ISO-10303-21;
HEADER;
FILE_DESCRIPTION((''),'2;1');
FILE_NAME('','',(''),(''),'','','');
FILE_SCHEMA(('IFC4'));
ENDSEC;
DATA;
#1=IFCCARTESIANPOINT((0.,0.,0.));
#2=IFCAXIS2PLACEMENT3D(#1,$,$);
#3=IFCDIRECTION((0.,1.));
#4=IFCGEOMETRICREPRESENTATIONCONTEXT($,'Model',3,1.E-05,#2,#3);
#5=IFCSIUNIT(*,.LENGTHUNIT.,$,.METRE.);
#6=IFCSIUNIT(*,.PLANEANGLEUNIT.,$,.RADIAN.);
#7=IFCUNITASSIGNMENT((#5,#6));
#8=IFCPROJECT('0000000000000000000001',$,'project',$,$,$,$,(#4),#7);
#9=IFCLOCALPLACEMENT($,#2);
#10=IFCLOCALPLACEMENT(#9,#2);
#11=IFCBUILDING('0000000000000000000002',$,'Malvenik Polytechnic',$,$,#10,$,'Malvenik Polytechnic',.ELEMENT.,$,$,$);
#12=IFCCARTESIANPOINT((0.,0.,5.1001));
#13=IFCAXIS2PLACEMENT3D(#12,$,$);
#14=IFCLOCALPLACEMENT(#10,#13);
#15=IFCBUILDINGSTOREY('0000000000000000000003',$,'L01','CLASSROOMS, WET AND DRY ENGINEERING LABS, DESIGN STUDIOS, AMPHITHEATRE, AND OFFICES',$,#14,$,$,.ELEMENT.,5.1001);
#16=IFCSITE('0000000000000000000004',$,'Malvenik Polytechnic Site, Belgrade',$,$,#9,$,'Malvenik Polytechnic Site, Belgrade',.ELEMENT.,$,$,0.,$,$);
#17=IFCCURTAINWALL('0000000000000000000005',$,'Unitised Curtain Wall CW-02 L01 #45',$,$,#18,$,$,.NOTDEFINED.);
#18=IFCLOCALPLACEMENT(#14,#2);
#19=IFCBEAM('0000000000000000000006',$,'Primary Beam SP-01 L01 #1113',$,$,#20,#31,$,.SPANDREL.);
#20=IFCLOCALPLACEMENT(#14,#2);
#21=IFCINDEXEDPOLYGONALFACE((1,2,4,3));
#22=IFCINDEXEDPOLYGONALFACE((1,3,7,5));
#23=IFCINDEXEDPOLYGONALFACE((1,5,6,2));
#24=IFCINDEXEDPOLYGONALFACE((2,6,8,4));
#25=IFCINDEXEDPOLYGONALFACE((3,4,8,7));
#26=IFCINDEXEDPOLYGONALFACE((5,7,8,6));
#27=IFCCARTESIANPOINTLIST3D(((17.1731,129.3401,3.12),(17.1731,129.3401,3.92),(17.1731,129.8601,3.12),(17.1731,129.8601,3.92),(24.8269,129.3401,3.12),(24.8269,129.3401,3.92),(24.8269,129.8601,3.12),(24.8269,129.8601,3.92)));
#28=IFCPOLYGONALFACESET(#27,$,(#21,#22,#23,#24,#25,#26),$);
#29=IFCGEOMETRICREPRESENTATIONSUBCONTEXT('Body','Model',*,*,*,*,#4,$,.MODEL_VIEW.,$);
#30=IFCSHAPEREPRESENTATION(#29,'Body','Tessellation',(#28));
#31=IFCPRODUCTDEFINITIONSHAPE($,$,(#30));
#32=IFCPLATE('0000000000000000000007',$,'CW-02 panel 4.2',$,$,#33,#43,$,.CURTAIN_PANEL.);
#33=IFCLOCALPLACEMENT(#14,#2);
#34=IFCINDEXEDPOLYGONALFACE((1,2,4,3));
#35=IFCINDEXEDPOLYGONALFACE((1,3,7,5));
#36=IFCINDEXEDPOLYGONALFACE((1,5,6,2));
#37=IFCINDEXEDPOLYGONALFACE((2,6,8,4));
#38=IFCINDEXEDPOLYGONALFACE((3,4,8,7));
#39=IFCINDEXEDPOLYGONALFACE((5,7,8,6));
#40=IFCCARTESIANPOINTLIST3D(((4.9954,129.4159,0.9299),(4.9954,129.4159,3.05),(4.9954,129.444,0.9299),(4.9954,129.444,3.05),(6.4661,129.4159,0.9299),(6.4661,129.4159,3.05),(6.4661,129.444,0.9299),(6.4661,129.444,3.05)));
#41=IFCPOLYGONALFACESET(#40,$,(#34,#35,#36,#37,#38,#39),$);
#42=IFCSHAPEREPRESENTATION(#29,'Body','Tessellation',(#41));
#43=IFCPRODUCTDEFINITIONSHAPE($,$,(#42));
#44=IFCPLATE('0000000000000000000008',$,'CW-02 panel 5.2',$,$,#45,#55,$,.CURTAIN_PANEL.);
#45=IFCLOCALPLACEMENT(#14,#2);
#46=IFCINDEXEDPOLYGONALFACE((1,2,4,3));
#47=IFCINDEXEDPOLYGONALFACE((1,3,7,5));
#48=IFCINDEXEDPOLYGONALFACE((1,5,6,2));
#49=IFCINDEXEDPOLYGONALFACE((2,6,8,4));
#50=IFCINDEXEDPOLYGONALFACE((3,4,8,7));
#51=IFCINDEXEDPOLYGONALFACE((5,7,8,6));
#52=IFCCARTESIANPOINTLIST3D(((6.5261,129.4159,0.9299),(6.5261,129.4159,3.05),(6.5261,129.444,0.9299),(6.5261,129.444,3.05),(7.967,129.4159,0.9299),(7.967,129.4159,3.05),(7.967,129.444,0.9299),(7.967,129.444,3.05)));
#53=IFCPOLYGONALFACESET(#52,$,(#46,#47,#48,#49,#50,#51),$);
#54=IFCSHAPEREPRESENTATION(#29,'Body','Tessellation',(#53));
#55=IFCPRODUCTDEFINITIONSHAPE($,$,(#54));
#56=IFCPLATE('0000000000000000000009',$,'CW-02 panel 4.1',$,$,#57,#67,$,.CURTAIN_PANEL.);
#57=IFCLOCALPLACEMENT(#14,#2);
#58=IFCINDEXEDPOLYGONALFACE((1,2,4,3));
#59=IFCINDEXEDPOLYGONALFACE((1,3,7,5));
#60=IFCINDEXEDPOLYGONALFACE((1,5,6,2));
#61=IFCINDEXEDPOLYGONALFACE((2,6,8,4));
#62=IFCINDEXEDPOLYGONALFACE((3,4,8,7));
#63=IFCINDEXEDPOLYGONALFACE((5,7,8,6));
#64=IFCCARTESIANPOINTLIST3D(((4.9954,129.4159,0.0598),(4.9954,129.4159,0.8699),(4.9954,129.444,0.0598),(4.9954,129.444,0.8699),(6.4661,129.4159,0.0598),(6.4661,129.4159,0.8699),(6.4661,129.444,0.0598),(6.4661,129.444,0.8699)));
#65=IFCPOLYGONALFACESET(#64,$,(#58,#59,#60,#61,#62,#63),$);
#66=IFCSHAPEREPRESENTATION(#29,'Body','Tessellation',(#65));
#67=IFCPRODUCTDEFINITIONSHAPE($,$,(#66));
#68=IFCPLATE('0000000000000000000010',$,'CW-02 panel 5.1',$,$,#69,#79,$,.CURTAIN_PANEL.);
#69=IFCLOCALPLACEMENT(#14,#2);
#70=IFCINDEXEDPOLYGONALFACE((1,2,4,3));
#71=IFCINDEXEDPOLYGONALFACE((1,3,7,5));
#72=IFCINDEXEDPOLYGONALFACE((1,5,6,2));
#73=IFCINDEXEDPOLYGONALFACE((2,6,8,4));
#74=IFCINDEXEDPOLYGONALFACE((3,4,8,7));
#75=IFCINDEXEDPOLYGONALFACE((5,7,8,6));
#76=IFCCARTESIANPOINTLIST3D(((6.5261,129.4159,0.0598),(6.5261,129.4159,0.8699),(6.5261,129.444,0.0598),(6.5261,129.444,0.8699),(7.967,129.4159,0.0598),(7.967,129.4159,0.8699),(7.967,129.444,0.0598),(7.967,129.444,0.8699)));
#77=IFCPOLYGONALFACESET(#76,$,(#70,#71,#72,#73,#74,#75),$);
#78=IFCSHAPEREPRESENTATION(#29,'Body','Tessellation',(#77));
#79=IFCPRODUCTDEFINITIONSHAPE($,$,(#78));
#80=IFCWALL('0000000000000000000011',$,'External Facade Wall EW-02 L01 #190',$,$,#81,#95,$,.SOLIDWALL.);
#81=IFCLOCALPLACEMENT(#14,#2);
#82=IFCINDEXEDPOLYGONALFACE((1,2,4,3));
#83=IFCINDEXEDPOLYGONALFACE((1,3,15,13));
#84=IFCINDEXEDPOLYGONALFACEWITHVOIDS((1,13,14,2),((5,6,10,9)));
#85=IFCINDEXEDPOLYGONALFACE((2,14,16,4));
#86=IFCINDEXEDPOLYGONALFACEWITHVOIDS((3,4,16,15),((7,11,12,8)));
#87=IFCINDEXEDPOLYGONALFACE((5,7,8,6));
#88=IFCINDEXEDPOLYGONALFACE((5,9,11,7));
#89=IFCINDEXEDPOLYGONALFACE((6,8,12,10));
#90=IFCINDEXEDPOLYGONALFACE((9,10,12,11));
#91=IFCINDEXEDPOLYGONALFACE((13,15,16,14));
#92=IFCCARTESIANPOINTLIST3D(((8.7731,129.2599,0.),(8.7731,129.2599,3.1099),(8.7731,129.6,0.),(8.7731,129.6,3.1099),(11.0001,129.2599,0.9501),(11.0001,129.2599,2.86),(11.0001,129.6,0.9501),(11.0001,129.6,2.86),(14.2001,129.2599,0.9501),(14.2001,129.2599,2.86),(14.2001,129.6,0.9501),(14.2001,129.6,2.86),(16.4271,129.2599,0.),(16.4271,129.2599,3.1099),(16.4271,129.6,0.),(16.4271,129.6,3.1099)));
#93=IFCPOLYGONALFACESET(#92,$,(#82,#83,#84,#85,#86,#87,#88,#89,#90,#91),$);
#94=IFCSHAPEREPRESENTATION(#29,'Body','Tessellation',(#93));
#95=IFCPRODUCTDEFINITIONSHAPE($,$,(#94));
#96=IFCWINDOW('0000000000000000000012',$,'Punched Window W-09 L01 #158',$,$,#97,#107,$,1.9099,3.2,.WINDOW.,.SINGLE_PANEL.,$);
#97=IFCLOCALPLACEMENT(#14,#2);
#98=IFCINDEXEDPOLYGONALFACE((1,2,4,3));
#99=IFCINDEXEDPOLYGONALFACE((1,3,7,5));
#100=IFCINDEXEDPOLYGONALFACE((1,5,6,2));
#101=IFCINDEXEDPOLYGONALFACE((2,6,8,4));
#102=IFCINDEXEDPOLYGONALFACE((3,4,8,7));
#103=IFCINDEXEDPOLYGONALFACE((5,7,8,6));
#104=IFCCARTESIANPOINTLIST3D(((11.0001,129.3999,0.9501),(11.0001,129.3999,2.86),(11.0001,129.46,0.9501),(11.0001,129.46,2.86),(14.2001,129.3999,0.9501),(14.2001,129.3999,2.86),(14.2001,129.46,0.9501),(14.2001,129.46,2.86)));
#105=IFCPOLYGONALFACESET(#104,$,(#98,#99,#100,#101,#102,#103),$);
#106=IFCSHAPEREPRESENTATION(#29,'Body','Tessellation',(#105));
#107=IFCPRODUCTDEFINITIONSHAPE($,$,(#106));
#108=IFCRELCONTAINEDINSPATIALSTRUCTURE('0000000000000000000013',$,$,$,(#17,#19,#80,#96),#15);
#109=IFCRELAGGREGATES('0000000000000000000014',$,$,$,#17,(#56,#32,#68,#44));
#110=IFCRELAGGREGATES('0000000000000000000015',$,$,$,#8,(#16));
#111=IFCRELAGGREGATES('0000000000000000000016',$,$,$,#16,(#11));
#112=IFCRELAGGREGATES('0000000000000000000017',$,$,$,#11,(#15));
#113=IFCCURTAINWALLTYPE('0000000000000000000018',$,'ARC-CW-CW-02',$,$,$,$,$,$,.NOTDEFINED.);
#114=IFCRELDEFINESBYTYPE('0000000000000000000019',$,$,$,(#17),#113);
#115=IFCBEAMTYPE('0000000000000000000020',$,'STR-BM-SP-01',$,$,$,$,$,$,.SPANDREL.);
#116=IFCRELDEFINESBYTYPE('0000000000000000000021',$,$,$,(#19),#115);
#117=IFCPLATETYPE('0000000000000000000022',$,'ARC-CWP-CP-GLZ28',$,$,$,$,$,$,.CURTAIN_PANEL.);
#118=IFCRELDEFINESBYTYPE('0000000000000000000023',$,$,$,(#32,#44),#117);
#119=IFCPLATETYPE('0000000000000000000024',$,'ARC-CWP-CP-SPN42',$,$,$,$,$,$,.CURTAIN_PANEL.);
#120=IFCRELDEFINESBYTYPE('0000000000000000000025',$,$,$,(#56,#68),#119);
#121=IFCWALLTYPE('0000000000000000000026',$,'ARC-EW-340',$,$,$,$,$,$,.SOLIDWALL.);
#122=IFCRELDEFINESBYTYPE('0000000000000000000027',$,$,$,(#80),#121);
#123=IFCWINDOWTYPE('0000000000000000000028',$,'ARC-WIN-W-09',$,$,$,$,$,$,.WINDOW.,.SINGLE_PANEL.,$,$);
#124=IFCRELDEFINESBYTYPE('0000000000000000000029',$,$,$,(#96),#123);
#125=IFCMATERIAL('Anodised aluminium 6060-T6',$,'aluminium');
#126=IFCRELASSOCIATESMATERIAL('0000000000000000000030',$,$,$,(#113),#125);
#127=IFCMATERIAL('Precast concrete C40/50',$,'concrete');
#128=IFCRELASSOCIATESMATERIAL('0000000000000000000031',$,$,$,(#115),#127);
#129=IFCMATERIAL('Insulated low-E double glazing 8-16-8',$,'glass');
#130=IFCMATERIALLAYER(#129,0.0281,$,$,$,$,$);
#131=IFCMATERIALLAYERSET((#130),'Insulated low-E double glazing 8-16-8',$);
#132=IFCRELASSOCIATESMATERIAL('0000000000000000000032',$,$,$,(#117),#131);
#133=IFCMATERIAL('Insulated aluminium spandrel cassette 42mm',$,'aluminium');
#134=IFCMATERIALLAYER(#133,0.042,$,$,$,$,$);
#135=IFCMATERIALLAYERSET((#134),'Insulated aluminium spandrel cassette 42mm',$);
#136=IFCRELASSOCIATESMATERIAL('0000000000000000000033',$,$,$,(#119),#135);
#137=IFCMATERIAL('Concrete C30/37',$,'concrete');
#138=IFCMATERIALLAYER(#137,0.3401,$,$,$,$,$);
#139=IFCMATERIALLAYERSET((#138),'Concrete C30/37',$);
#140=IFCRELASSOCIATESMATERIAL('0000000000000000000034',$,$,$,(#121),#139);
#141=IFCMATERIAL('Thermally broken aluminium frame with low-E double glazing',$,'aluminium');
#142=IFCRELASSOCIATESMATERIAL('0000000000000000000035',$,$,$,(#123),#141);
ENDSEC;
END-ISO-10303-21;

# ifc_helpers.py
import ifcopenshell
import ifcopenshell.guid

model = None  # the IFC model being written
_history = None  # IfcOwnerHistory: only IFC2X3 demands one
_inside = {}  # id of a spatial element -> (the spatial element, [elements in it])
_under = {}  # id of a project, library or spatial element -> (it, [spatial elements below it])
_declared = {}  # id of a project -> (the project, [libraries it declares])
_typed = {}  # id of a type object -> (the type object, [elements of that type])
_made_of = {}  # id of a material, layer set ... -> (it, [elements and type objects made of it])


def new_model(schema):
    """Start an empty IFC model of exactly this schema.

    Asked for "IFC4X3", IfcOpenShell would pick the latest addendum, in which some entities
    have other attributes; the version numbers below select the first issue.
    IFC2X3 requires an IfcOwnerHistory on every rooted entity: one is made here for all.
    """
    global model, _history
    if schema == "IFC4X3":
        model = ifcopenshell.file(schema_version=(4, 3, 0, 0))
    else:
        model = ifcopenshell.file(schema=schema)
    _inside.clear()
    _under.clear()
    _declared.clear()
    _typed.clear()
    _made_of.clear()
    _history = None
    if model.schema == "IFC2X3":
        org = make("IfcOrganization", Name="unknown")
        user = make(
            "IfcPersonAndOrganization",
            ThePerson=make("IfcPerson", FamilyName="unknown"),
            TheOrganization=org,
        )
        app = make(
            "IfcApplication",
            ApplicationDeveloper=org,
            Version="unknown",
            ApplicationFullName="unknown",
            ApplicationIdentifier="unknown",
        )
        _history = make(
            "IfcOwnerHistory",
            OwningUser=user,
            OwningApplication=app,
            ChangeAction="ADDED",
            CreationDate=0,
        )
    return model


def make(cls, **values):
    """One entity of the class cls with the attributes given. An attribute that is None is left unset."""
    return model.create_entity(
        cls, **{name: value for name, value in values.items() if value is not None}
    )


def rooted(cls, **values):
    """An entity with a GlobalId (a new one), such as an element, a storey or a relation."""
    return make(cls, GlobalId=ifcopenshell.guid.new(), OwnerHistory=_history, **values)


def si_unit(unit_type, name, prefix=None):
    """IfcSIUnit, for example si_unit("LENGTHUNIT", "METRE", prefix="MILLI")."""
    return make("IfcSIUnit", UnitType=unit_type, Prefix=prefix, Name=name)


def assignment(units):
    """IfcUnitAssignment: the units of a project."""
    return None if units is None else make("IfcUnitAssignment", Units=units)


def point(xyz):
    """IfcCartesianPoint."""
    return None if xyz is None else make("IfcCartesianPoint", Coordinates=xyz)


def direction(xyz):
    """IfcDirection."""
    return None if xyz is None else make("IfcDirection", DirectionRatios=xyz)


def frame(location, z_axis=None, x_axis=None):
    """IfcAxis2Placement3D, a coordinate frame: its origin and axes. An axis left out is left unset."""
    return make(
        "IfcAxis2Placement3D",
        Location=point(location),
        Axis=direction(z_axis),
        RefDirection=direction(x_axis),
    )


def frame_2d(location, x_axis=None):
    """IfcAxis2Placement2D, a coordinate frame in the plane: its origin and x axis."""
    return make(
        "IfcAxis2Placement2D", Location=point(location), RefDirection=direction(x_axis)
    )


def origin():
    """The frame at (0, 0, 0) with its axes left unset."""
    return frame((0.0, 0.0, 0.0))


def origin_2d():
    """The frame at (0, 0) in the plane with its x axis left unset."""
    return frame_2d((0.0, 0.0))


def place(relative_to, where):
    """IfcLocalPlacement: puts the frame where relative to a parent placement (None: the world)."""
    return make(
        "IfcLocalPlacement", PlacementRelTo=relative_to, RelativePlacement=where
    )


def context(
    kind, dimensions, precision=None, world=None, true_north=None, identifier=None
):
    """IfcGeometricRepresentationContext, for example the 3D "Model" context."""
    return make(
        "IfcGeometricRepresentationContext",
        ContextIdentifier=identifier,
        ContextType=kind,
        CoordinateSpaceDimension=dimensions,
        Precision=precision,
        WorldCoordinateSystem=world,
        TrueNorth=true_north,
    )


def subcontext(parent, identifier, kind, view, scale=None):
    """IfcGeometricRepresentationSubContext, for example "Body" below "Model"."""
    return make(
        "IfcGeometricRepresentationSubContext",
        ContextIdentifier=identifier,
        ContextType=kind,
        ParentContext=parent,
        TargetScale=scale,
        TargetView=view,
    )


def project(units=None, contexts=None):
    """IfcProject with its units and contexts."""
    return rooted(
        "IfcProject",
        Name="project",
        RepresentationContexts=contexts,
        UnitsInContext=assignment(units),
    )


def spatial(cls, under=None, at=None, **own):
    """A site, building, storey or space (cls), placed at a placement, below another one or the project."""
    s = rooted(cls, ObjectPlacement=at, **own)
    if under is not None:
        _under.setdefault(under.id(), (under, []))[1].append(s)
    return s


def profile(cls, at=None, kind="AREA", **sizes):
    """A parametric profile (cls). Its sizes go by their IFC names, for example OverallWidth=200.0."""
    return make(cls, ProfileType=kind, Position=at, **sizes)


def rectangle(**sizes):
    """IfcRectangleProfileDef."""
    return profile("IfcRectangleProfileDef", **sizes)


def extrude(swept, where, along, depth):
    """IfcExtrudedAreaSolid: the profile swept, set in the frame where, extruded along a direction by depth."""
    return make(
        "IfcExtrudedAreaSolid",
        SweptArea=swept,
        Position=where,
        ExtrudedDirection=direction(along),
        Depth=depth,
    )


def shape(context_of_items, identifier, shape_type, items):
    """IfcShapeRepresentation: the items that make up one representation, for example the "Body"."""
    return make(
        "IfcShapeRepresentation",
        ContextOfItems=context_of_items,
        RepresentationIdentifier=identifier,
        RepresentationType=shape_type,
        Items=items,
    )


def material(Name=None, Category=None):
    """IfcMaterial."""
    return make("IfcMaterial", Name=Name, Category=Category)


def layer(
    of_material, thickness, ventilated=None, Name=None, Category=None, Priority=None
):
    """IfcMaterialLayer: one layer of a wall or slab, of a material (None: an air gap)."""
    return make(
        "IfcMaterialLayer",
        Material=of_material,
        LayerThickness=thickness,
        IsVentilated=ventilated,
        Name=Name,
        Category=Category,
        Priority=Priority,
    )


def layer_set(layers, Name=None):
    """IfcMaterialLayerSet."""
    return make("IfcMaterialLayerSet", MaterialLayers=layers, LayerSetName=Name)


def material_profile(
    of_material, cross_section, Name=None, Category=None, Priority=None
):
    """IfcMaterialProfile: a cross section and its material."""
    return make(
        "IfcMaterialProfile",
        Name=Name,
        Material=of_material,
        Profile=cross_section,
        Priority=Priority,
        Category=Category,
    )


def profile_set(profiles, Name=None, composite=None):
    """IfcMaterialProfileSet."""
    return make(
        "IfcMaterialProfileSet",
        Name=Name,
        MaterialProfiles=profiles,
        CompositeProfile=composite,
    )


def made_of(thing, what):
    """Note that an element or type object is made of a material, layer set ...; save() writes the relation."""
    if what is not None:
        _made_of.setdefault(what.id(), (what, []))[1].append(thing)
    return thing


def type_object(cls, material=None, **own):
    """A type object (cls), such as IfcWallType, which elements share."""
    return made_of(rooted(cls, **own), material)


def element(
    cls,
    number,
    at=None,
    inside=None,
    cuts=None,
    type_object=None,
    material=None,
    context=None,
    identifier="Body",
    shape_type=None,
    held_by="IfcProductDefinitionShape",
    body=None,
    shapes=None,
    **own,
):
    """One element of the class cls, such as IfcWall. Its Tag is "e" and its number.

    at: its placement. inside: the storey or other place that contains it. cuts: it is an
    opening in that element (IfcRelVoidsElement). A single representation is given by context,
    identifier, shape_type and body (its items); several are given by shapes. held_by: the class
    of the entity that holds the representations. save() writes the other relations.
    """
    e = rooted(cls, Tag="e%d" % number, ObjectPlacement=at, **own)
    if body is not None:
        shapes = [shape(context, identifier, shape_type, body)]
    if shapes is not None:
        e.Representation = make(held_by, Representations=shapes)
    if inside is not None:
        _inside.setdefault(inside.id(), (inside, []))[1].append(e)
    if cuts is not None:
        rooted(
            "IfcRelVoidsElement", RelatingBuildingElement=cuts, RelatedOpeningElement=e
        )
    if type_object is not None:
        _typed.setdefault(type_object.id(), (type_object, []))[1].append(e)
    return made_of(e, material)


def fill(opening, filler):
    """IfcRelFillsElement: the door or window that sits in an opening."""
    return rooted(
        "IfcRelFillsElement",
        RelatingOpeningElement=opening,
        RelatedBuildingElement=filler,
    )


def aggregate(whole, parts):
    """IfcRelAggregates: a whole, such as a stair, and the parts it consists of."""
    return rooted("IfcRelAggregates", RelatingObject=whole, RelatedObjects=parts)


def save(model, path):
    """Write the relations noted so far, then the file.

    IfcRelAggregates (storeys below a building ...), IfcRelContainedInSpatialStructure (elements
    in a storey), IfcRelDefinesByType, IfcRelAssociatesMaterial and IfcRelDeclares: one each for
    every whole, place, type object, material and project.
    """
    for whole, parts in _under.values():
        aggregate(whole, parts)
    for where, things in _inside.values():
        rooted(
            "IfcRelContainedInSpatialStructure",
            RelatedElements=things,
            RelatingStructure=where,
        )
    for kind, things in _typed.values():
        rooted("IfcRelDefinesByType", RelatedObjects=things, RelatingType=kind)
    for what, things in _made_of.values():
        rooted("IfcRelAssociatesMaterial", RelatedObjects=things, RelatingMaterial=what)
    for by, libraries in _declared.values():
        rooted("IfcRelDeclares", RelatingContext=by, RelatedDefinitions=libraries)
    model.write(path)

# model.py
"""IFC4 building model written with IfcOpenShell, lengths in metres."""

from ifc_helpers import new_model, si_unit, direction, frame, frame_2d, origin, origin_2d, place, context, subcontext, project, spatial, rectangle, extrude, material, layer, layer_set, material_profile, profile_set, type_object, element, fill, aggregate, save


model = new_model("IFC4")

# Units and contexts
model_context = context("Model", 3, precision=1e-05, world=origin(), true_north=direction((0.0, 1.0)))
body_context = subcontext(model_context, "Body", "Model", "MODEL_VIEW")
ifc_project = project(units=[si_unit("LENGTHUNIT", "METRE"), si_unit("PLANEANGLEUNIT", "RADIAN")], contexts=[model_context])

# Site, building, storey
site_placement = place(None, origin())
site = spatial("IfcSite", under=ifc_project, at=site_placement, Name="Malvenik Polytechnic Site, Belgrade", LongName="Malvenik Polytechnic Site, Belgrade", CompositionType="ELEMENT", RefElevation=0.0)
building_placement = place(site_placement, origin())
building = spatial("IfcBuilding", under=site, at=building_placement, Name="Malvenik Polytechnic", LongName="Malvenik Polytechnic", CompositionType="ELEMENT")
storey_placement = place(building_placement, frame((0.0, 0.0, 5.1001)))
storey = spatial("IfcBuildingStorey", under=building, at=storey_placement, Name="L01", Description="CLASSROOMS, WET AND DRY ENGINEERING LABS, DESIGN STUDIOS, AMPHITHEATRE, AND OFFICES", CompositionType="ELEMENT", Elevation=5.1001)

# Shared definitions
ifc_material_1 = material(Name="Anodised aluminium 6060-T6", Category="aluminium")
curtain_wall_type = type_object("IfcCurtainWallType", Name="ARC-CW-CW-02", PredefinedType="NOTDEFINED", material=ifc_material_1)

# Curtain wall
curtain_wall_1_placement = place(storey_placement, origin())
curtain_wall_1 = element("IfcCurtainWall", 1, at=curtain_wall_1_placement, inside=storey, type_object=curtain_wall_type, Name="Unitised Curtain Wall CW-02 L01 #45", PredefinedType="NOTDEFINED")

# Beam
ifc_material_2 = material(Name="Precast concrete C40/50", Category="concrete")
ifc_material_profile_1 = material_profile(ifc_material_2, rectangle(XDim=0.52, YDim=0.8, at=origin_2d()), Name="PC SPN 520x800")
ifc_profile_set_1 = profile_set([ifc_material_profile_1], Name="Precast concrete C40/50")
beam_type = type_object("IfcBeamType", Name="STR-BM-SP-01", PredefinedType="SPANDREL", material=ifc_profile_set_1)
beam_1_placement = place(storey_placement, frame((17.1731, 129.6001, 3.52), z_axis=(1.0, 0.0, 0.0), x_axis=(0.0, 1.0, 0.0)))
element("IfcBeam", 2, at=beam_1_placement, inside=storey, type_object=beam_type, Name="Primary Beam SP-01 L01 #1113", PredefinedType="SPANDREL", context=body_context, shape_type="SweptSolid", body=[
    extrude(rectangle(XDim=0.52, YDim=0.8, at=origin_2d()), origin(), (0.0, 0.0, 1.0), 7.6538),
])

# Plates
ifc_material_3 = material(Name="Insulated low-E double glazing 8-16-8", Category="glass")
ifc_layer_1 = layer(ifc_material_3, 0.0281)
ifc_layer_set_1 = layer_set([ifc_layer_1], Name="Insulated low-E double glazing 8-16-8")
plate_type_1 = type_object("IfcPlateType", Name="ARC-CWP-CP-GLZ28", PredefinedType="CURTAIN_PANEL", material=ifc_layer_set_1)
plate_1_placement = place(storey_placement, frame((5.7307, 129.4299, 0.9299), z_axis=(0.0, 0.0, 1.0), x_axis=(1.0, 0.0, 0.0)))
plate_1 = element("IfcPlate", 3, at=plate_1_placement, type_object=plate_type_1, Name="CW-02 panel 4.2", PredefinedType="CURTAIN_PANEL", context=body_context, shape_type="SweptSolid", body=[
    extrude(rectangle(XDim=1.4707, YDim=0.0281, at=origin_2d()), origin(), (0.0, 0.0, 1.0), 2.1201),
])
plate_2_placement = place(storey_placement, frame((7.2466, 129.4299, 0.9299), z_axis=(0.0, 0.0, 1.0), x_axis=(1.0, 0.0, 0.0)))
plate_2 = element("IfcPlate", 4, at=plate_2_placement, type_object=plate_type_1, Name="CW-02 panel 5.2", PredefinedType="CURTAIN_PANEL", context=body_context, shape_type="SweptSolid", body=[
    extrude(rectangle(XDim=1.4409, YDim=0.0281, at=origin_2d()), origin(), (0.0, 0.0, 1.0), 2.1201),
])
ifc_material_4 = material(Name="Insulated aluminium spandrel cassette 42mm", Category="aluminium")
ifc_layer_2 = layer(ifc_material_4, 0.042)
ifc_layer_set_2 = layer_set([ifc_layer_2], Name="Insulated aluminium spandrel cassette 42mm")
plate_type_2 = type_object("IfcPlateType", Name="ARC-CWP-CP-SPN42", PredefinedType="CURTAIN_PANEL", material=ifc_layer_set_2)
plate_3_placement = place(storey_placement, frame((5.7307, 129.4299, 0.0598), z_axis=(0.0, 0.0, 1.0), x_axis=(1.0, 0.0, 0.0)))
plate_3 = element("IfcPlate", 5, at=plate_3_placement, type_object=plate_type_2, Name="CW-02 panel 4.1", PredefinedType="CURTAIN_PANEL", context=body_context, shape_type="SweptSolid", body=[
    extrude(rectangle(XDim=1.4707, YDim=0.0281, at=origin_2d()), origin(), (0.0, 0.0, 1.0), 0.8101),
])
plate_4_placement = place(storey_placement, frame((7.2466, 129.4299, 0.0598), z_axis=(0.0, 0.0, 1.0), x_axis=(1.0, 0.0, 0.0)))
plate_4 = element("IfcPlate", 6, at=plate_4_placement, type_object=plate_type_2, Name="CW-02 panel 5.1", PredefinedType="CURTAIN_PANEL", context=body_context, shape_type="SweptSolid", body=[
    extrude(rectangle(XDim=1.4409, YDim=0.0281, at=origin_2d()), origin(), (0.0, 0.0, 1.0), 0.8101),
])
aggregate(curtain_wall_1, [plate_3, plate_1, plate_4, plate_2])

# Wall, opening, window
ifc_material_5 = material(Name="Concrete C30/37", Category="concrete")
ifc_layer_3 = layer(ifc_material_5, 0.3401)
ifc_layer_set_3 = layer_set([ifc_layer_3], Name="Concrete C30/37")
wall_type = type_object("IfcWallType", Name="ARC-EW-340", PredefinedType="SOLIDWALL", material=ifc_layer_set_3)
wall_placement = place(storey_placement, frame((8.7729, 129.4299, 0.0), z_axis=(0.0, 0.0, 1.0), x_axis=(1.0, 0.0, 0.0)))
wall = element("IfcWall", 7, at=wall_placement, inside=storey, type_object=wall_type, Name="External Facade Wall EW-02 L01 #190", PredefinedType="SOLIDWALL", context=body_context, shape_type="SweptSolid", body=[
    extrude(rectangle(XDim=7.6541, YDim=0.3401, at=frame_2d((3.8271, 0.0))), origin(), (0.0, 0.0, 1.0), 3.1099),
])
opening_placement = place(wall_placement, frame((2.2271, 0.0, 0.95)))
opening = element("IfcOpeningElement", 8, at=opening_placement, cuts=wall, PredefinedType="OPENING", context=body_context, shape_type="SweptSolid", body=[
    extrude(rectangle(XDim=3.2, YDim=1.9099, at=frame_2d((1.6001, 0.9551))), frame((0.0, 0.1802, 0.0), z_axis=(0.0, -1.0, 0.0), x_axis=(1.0, 0.0, 0.0)), (0.0, 0.0, 1.0), 0.3601),
])
ifc_material_6 = material(Name="Thermally broken aluminium frame with low-E double glazing", Category="aluminium")
window_type = type_object("IfcWindowType", Name="ARC-WIN-W-09", PartitioningType="SINGLE_PANEL", PredefinedType="WINDOW", material=ifc_material_6)
window_placement = place(opening_placement, origin())
window = element("IfcWindow", 9, at=window_placement, inside=storey, type_object=window_type, Name="Punched Window W-09 L01 #158", OverallHeight=1.9099, OverallWidth=3.2, PartitioningType="SINGLE_PANEL", PredefinedType="WINDOW", context=body_context, shape_type="SweptSolid", body=[
    extrude(rectangle(XDim=3.2, YDim=1.9099, at=frame_2d((1.6001, 0.9551))), frame((0.0, 0.03, 0.0), z_axis=(0.0, -1.0, 0.0), x_axis=(1.0, 0.0, 0.0)), (0.0, 0.0, 1.0), 0.0601),
])
fill(opening, window)

save(model, "model.ifc")
